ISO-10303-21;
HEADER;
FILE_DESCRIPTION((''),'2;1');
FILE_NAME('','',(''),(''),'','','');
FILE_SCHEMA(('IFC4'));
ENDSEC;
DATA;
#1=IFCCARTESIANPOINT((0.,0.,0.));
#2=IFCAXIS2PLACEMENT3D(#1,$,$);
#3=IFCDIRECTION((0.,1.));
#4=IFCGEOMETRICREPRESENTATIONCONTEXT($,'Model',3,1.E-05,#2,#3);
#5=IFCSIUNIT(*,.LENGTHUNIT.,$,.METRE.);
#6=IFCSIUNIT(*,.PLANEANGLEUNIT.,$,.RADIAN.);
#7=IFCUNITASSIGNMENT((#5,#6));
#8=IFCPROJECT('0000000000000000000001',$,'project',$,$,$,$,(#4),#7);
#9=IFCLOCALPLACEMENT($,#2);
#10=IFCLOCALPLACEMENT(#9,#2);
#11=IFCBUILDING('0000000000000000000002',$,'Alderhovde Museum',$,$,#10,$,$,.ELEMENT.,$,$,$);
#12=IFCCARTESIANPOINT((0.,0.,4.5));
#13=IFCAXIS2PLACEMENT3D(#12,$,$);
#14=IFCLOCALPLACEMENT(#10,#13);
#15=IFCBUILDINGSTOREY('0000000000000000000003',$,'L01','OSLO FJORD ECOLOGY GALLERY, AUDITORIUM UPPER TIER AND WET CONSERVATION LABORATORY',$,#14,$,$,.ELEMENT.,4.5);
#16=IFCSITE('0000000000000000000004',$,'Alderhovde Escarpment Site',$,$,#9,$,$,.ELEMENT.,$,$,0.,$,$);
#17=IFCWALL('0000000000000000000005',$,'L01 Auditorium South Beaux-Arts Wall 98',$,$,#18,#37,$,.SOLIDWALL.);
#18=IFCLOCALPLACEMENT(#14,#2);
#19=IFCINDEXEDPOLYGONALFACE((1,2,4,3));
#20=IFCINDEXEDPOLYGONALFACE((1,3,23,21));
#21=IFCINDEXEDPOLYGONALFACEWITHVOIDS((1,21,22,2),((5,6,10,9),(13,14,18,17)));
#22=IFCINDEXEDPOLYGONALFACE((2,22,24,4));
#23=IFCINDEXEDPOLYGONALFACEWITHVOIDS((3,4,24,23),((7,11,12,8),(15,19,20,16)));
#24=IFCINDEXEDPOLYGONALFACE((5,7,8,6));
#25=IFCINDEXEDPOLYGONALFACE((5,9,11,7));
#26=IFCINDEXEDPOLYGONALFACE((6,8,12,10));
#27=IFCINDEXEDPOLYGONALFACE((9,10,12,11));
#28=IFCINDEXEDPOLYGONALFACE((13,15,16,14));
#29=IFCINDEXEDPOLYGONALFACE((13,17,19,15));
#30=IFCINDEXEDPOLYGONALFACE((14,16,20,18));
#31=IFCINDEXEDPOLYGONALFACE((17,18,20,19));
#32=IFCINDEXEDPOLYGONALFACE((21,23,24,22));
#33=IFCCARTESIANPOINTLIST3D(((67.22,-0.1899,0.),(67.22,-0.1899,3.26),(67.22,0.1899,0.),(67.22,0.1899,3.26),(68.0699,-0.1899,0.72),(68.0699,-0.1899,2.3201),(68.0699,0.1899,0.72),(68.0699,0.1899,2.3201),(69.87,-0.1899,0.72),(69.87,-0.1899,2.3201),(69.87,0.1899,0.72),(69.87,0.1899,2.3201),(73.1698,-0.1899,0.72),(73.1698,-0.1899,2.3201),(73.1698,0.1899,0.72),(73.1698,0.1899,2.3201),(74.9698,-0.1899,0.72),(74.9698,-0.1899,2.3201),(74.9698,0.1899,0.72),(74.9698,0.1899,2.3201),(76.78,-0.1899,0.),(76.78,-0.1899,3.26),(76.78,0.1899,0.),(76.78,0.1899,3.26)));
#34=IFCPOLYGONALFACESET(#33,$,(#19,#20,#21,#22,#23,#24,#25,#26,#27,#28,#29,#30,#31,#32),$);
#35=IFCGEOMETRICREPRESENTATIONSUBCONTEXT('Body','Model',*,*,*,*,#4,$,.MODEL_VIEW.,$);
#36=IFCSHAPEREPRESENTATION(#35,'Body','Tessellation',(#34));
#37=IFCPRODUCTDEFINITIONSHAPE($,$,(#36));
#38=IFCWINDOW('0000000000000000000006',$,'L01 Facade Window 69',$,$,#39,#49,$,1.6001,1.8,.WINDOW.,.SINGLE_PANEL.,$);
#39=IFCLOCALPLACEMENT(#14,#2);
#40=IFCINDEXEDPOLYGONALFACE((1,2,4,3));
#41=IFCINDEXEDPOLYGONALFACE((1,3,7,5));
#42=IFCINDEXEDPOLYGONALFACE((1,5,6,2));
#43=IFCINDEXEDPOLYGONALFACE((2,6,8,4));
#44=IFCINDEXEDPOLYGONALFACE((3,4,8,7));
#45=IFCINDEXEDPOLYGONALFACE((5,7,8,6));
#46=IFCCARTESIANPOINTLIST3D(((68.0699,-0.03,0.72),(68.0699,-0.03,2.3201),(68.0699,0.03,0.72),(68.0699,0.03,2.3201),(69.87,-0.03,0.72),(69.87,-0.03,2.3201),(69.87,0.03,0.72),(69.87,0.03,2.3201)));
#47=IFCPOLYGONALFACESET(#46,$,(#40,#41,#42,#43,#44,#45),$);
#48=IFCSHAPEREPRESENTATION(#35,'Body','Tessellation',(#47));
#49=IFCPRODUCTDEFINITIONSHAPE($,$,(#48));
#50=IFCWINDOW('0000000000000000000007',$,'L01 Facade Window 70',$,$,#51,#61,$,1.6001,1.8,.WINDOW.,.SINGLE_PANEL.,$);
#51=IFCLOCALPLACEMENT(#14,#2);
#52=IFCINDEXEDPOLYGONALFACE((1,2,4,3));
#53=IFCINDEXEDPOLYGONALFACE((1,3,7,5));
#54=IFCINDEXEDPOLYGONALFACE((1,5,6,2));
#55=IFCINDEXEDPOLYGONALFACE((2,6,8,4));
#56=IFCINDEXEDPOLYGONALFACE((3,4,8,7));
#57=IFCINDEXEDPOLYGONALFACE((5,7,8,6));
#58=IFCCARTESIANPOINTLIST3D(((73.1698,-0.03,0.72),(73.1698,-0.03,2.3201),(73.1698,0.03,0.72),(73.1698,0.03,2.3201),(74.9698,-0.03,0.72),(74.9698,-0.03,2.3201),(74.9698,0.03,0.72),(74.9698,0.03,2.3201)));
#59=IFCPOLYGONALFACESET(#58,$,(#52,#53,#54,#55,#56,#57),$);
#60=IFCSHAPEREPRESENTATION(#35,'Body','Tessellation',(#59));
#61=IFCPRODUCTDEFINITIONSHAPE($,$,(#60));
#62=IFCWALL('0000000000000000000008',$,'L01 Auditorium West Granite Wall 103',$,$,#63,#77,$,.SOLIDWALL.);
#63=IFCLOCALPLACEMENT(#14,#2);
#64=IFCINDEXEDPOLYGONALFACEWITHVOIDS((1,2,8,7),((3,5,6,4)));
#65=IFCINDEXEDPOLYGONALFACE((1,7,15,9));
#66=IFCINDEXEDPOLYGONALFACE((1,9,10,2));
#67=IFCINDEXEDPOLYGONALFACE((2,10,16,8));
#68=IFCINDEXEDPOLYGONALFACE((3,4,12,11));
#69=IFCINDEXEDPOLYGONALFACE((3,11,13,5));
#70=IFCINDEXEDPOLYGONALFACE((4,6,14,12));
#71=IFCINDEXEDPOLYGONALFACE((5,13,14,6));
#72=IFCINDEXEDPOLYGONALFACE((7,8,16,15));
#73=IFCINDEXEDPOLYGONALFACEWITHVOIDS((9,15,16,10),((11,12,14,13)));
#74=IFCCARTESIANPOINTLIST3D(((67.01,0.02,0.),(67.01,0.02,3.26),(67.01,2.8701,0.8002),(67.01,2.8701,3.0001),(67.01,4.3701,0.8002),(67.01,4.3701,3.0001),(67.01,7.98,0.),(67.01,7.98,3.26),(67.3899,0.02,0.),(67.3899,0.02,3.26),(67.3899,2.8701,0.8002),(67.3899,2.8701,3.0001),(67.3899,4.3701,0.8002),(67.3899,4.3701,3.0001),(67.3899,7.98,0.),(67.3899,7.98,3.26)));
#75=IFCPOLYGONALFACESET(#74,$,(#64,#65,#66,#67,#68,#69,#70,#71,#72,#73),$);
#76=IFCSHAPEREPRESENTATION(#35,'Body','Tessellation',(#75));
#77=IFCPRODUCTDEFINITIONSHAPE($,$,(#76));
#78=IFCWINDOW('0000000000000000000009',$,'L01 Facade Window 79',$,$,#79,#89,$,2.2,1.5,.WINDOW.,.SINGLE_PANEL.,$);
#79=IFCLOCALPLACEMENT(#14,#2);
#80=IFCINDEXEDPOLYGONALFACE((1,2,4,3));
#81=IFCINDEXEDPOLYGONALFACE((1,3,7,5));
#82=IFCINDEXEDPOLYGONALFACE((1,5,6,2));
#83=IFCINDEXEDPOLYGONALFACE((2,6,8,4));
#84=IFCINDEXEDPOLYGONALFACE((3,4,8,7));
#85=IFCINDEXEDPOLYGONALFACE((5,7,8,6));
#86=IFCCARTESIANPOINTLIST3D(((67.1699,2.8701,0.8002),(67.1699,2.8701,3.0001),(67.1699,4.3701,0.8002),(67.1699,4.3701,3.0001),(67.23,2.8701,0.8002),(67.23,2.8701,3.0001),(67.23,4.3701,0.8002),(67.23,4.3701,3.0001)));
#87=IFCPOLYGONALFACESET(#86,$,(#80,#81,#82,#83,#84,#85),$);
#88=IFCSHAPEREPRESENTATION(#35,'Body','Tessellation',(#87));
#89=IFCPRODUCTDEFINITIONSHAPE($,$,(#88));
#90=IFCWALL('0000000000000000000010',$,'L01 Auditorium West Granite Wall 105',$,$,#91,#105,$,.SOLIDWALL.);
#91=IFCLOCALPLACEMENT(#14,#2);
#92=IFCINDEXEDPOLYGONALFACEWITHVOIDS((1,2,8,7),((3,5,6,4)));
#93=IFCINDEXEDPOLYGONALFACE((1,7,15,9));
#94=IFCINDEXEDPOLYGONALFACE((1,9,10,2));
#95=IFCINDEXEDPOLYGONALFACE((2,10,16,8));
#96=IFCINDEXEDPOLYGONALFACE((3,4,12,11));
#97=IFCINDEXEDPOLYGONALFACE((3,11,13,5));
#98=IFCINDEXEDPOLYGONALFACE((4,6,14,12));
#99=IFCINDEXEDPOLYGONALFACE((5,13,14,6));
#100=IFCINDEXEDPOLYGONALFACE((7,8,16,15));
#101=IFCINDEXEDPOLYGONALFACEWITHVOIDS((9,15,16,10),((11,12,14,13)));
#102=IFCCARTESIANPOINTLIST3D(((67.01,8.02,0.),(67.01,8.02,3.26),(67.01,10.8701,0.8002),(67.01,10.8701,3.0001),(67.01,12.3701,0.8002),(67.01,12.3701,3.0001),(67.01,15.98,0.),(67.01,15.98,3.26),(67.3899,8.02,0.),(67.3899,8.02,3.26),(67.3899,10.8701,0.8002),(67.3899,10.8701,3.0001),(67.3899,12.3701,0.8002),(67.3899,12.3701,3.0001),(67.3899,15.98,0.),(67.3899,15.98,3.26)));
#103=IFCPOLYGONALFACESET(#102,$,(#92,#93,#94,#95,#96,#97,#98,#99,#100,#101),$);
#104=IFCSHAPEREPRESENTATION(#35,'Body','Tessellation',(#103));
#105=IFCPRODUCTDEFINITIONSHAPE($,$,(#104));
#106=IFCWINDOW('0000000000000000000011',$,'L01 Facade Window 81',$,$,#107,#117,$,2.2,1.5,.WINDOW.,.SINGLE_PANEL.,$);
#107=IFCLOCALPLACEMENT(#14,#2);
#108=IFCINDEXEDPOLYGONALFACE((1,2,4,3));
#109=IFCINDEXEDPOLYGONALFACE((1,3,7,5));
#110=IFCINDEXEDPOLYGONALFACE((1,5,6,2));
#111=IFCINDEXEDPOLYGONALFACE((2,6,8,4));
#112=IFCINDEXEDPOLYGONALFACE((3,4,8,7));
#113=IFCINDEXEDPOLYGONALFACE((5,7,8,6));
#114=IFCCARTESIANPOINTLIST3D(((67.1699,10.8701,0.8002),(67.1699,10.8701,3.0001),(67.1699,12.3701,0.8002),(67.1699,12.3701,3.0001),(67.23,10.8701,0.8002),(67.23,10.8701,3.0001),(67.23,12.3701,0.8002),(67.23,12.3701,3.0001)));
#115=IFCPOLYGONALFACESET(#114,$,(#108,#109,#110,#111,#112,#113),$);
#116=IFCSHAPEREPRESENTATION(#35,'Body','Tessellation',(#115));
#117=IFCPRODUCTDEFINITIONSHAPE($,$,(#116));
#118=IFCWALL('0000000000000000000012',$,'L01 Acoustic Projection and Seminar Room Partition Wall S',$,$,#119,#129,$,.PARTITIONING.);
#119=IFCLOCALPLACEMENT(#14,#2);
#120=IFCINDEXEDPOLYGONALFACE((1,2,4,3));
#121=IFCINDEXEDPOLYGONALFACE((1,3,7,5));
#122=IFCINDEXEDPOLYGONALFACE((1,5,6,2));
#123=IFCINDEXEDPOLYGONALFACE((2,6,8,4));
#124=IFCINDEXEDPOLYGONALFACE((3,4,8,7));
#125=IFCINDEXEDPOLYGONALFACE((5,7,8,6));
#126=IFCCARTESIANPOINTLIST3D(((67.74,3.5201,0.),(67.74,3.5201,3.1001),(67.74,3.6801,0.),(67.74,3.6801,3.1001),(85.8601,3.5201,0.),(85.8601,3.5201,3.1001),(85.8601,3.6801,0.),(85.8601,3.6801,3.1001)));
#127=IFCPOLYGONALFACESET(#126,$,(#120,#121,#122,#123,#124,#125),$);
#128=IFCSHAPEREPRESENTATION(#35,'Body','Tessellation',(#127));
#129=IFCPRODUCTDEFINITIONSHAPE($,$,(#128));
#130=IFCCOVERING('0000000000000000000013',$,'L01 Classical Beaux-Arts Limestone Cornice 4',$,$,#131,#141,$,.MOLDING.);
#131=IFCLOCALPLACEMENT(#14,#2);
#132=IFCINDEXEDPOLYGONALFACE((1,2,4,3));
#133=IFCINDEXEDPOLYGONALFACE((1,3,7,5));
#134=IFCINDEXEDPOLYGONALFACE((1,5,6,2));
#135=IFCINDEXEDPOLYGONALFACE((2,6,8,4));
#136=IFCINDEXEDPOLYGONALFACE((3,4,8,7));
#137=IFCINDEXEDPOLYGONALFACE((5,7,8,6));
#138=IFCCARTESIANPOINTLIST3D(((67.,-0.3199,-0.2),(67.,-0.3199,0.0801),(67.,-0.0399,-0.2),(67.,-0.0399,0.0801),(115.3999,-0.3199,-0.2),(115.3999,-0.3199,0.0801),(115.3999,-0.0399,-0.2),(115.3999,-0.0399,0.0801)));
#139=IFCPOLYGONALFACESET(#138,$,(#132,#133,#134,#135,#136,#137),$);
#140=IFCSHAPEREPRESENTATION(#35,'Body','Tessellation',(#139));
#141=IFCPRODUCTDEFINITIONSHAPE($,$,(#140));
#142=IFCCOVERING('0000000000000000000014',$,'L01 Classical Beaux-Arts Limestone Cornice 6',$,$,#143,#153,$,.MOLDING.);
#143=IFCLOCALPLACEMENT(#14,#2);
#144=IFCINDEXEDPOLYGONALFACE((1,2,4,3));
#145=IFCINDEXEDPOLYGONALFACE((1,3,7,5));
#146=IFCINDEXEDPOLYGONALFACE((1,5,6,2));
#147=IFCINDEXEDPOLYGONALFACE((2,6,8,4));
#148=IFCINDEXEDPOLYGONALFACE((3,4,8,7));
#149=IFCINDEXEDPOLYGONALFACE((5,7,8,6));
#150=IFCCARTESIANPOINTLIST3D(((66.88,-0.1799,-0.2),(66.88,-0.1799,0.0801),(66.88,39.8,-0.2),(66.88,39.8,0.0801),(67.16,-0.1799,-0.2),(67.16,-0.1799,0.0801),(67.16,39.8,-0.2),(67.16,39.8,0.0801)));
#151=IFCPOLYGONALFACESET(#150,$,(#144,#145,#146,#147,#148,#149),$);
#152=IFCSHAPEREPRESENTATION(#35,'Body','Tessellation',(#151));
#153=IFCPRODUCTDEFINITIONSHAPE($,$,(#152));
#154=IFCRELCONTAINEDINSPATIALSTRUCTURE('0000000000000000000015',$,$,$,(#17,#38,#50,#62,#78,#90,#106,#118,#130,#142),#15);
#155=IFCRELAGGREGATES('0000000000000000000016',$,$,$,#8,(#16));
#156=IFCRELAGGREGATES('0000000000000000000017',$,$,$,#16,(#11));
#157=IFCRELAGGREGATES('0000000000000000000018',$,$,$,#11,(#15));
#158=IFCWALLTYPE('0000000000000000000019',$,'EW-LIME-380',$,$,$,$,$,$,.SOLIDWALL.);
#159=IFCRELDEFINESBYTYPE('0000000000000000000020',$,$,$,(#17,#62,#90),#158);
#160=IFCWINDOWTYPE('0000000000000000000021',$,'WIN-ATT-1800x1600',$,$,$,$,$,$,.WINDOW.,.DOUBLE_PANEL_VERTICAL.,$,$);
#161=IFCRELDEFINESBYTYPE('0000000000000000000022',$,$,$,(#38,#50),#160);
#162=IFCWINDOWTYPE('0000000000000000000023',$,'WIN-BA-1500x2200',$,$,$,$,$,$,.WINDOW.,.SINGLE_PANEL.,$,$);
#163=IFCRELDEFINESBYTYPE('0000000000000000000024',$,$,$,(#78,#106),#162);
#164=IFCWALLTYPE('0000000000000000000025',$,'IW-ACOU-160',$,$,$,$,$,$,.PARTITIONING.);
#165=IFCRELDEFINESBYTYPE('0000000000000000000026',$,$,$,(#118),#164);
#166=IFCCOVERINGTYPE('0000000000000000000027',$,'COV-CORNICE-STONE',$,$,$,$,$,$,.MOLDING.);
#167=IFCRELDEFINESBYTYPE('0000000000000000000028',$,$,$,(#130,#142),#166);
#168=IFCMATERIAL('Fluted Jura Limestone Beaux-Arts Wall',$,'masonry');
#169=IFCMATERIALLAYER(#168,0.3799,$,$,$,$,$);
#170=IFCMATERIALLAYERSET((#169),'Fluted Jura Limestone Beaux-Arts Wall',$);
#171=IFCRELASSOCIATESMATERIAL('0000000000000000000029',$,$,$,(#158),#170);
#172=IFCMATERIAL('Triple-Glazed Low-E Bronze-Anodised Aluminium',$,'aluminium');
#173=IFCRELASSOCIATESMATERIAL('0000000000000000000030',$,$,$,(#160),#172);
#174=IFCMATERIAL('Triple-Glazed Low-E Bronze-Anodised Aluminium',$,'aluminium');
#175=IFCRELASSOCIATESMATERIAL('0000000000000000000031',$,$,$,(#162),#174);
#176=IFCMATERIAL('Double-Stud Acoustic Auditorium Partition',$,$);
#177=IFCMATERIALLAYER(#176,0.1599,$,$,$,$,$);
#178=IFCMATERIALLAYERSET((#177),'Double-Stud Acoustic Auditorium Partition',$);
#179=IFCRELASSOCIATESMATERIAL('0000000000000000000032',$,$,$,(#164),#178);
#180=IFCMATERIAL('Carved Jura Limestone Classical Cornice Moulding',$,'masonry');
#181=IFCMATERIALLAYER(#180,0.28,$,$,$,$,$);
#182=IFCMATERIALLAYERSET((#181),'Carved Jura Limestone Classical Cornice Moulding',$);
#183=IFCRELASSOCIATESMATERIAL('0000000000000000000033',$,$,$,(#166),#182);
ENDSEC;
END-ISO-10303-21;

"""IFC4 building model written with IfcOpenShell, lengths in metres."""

from ifc_helpers import new_model, si_unit, direction, frame, frame_2d, origin, place, context, subcontext, project, spatial, rectangle, extrude, material, layer, layer_set, type_object, element, fill, save


model = new_model("IFC4")

# Units and contexts
model_context = context("Model", 3, precision=1e-05, world=origin(), true_north=direction((0.0, 1.0)))
body_context = subcontext(model_context, "Body", "Model", "MODEL_VIEW")
ifc_project = project(units=[si_unit("LENGTHUNIT", "METRE"), si_unit("PLANEANGLEUNIT", "RADIAN")], contexts=[model_context])

# Site, building, storey
site_placement = place(None, origin())
site = spatial("IfcSite", under=ifc_project, at=site_placement, Name="Alderhovde Escarpment Site", CompositionType="ELEMENT", RefElevation=0.0)
building_placement = place(site_placement, origin())
building = spatial("IfcBuilding", under=site, at=building_placement, Name="Alderhovde Museum", CompositionType="ELEMENT")
storey_placement = place(building_placement, frame((0.0, 0.0, 4.5)))
storey = spatial("IfcBuildingStorey", under=building, at=storey_placement, Name="L01", Description="OSLO FJORD ECOLOGY GALLERY, AUDITORIUM UPPER TIER AND WET CONSERVATION LABORATORY", CompositionType="ELEMENT", Elevation=4.5)

# Wall, openings, windows
ifc_material_1 = material(Name="Fluted Jura Limestone Beaux-Arts Wall", Category="masonry")
ifc_layer_1 = layer(ifc_material_1, 0.3799)
ifc_layer_set_1 = layer_set([ifc_layer_1], Name="Fluted Jura Limestone Beaux-Arts Wall")
wall_type_1 = type_object("IfcWallType", Name="EW-LIME-380", PredefinedType="SOLIDWALL", material=ifc_layer_set_1)
wall_1_placement = place(storey_placement, frame((67.22, 0.0, 0.0), z_axis=(0.0, 0.0, 1.0), x_axis=(1.0, 0.0, 0.0)))
wall_1 = element("IfcWall", 1, at=wall_1_placement, inside=storey, type_object=wall_type_1, Name="L01 Auditorium South Beaux-Arts Wall 98", PredefinedType="SOLIDWALL", context=body_context, shape_type="SweptSolid", body=[
    extrude(rectangle(XDim=9.5601, YDim=0.3799, at=frame_2d((4.78, 0.0))), origin(), (0.0, 0.0, 1.0), 3.26),
])
opening_1_placement = place(wall_1_placement, frame((0.8501, 0.0, 0.72)))
opening_1 = element("IfcOpeningElement", 2, at=opening_1_placement, cuts=wall_1, PredefinedType="OPENING", context=body_context, shape_type="SweptSolid", body=[
    extrude(rectangle(XDim=1.8, YDim=1.6001, at=frame_2d((0.8999, 0.8))), frame((0.0, 0.2, 0.0), z_axis=(0.0, -1.0, 0.0), x_axis=(1.0, 0.0, 0.0)), (0.0, 0.0, 1.0), 0.3999),
])
opening_2_placement = place(wall_1_placement, frame((5.95, 0.0, 0.72)))
opening_2 = element("IfcOpeningElement", 3, at=opening_2_placement, cuts=wall_1, PredefinedType="OPENING", context=body_context, shape_type="SweptSolid", body=[
    extrude(rectangle(XDim=1.8, YDim=1.6001, at=frame_2d((0.8999, 0.8))), frame((0.0, 0.2, 0.0), z_axis=(0.0, -1.0, 0.0), x_axis=(1.0, 0.0, 0.0)), (0.0, 0.0, 1.0), 0.3999),
])
ifc_material_2 = material(Name="Triple-Glazed Low-E Bronze-Anodised Aluminium", Category="aluminium")
window_type_1 = type_object("IfcWindowType", Name="WIN-ATT-1800x1600", PartitioningType="DOUBLE_PANEL_VERTICAL", PredefinedType="WINDOW", material=ifc_material_2)
window_1_placement = place(opening_1_placement, origin())
window_1 = element("IfcWindow", 4, at=window_1_placement, inside=storey, type_object=window_type_1, Name="L01 Facade Window 69", OverallHeight=1.6001, OverallWidth=1.8, PartitioningType="SINGLE_PANEL", PredefinedType="WINDOW", context=body_context, shape_type="SweptSolid", body=[
    extrude(rectangle(XDim=1.8, YDim=1.6001, at=frame_2d((0.8999, 0.8))), frame((0.0, 0.03, 0.0), z_axis=(0.0, -1.0, 0.0), x_axis=(1.0, 0.0, 0.0)), (0.0, 0.0, 1.0), 0.0601),
])
fill(opening_1, window_1)
window_2_placement = place(opening_2_placement, origin())
window_2 = element("IfcWindow", 5, at=window_2_placement, inside=storey, type_object=window_type_1, Name="L01 Facade Window 70", OverallHeight=1.6001, OverallWidth=1.8, PartitioningType="SINGLE_PANEL", PredefinedType="WINDOW", context=body_context, shape_type="SweptSolid", body=[
    extrude(rectangle(XDim=1.8, YDim=1.6001, at=frame_2d((0.8999, 0.8))), frame((0.0, 0.03, 0.0), z_axis=(0.0, -1.0, 0.0), x_axis=(1.0, 0.0, 0.0)), (0.0, 0.0, 1.0), 0.0601),
])
fill(opening_2, window_2)

# Walls, openings, windows
wall_2_placement = place(storey_placement, frame((67.2, 0.02, 0.0), z_axis=(0.0, 0.0, 1.0), x_axis=(0.0, 1.0, 0.0)))
wall_2 = element("IfcWall", 6, at=wall_2_placement, inside=storey, type_object=wall_type_1, Name="L01 Auditorium West Granite Wall 103", PredefinedType="SOLIDWALL", context=body_context, shape_type="SweptSolid", body=[
    extrude(rectangle(XDim=7.96, YDim=0.3799, at=frame_2d((3.98, 0.0))), origin(), (0.0, 0.0, 1.0), 3.26),
])
opening_3_placement = place(wall_2_placement, frame((2.8501, 0.0, 0.8)))
opening_3 = element("IfcOpeningElement", 7, at=opening_3_placement, cuts=wall_2, PredefinedType="OPENING", context=body_context, shape_type="SweptSolid", body=[
    extrude(rectangle(XDim=1.5, YDim=2.2, at=frame_2d((0.75, 1.1001))), frame((0.0, 0.2, 0.0), z_axis=(0.0, -1.0, 0.0), x_axis=(1.0, 0.0, 0.0)), (0.0, 0.0, 1.0), 0.3999),
])
ifc_material_3 = material(Name="Triple-Glazed Low-E Bronze-Anodised Aluminium", Category="aluminium")
window_type_2 = type_object("IfcWindowType", Name="WIN-BA-1500x2200", PartitioningType="SINGLE_PANEL", PredefinedType="WINDOW", material=ifc_material_3)
window_3_placement = place(opening_3_placement, origin())
window_3 = element("IfcWindow", 8, at=window_3_placement, inside=storey, type_object=window_type_2, Name="L01 Facade Window 79", OverallHeight=2.2, OverallWidth=1.5, PartitioningType="SINGLE_PANEL", PredefinedType="WINDOW", context=body_context, shape_type="SweptSolid", body=[
    extrude(rectangle(XDim=1.5, YDim=2.2, at=frame_2d((0.75, 1.1001))), frame((0.0, 0.03, 0.0), z_axis=(0.0, -1.0, 0.0), x_axis=(1.0, 0.0, 0.0)), (0.0, 0.0, 1.0), 0.0601),
])
fill(opening_3, window_3)
wall_3_placement = place(storey_placement, frame((67.2, 8.02, 0.0), z_axis=(0.0, 0.0, 1.0), x_axis=(0.0, 1.0, 0.0)))
wall_3 = element("IfcWall", 9, at=wall_3_placement, inside=storey, type_object=wall_type_1, Name="L01 Auditorium West Granite Wall 105", PredefinedType="SOLIDWALL", context=body_context, shape_type="SweptSolid", body=[
    extrude(rectangle(XDim=7.96, YDim=0.3799, at=frame_2d((3.98, 0.0))), origin(), (0.0, 0.0, 1.0), 3.26),
])
opening_4_placement = place(wall_3_placement, frame((2.8501, 0.0, 0.8)))
opening_4 = element("IfcOpeningElement", 10, at=opening_4_placement, cuts=wall_3, PredefinedType="OPENING", context=body_context, shape_type="SweptSolid", body=[
    extrude(rectangle(XDim=1.5, YDim=2.2, at=frame_2d((0.75, 1.1001))), frame((0.0, 0.2, 0.0), z_axis=(0.0, -1.0, 0.0), x_axis=(1.0, 0.0, 0.0)), (0.0, 0.0, 1.0), 0.3999),
])
window_4_placement = place(opening_4_placement, origin())
window_4 = element("IfcWindow", 11, at=window_4_placement, inside=storey, type_object=window_type_2, Name="L01 Facade Window 81", OverallHeight=2.2, OverallWidth=1.5, PartitioningType="SINGLE_PANEL", PredefinedType="WINDOW", context=body_context, shape_type="SweptSolid", body=[
    extrude(rectangle(XDim=1.5, YDim=2.2, at=frame_2d((0.75, 1.1001))), frame((0.0, 0.03, 0.0), z_axis=(0.0, -1.0, 0.0), x_axis=(1.0, 0.0, 0.0)), (0.0, 0.0, 1.0), 0.0601),
])
fill(opening_4, window_4)

# Wall
ifc_material_4 = material(Name="Double-Stud Acoustic Auditorium Partition")
ifc_layer_2 = layer(ifc_material_4, 0.1599)
ifc_layer_set_2 = layer_set([ifc_layer_2], Name="Double-Stud Acoustic Auditorium Partition")
wall_type_2 = type_object("IfcWallType", Name="IW-ACOU-160", PredefinedType="PARTITIONING", material=ifc_layer_set_2)
wall_4_placement = place(storey_placement, frame((67.74, 3.6001, 0.0), z_axis=(0.0, 0.0, 1.0), x_axis=(1.0, 0.0, 0.0)))
element("IfcWall", 12, at=wall_4_placement, inside=storey, type_object=wall_type_2, Name="L01 Acoustic Projection and Seminar Room Partition Wall S", PredefinedType="PARTITIONING", context=body_context, shape_type="SweptSolid", body=[
    extrude(rectangle(XDim=18.1201, YDim=0.1599, at=frame_2d((9.0601, 0.0))), origin(), (0.0, 0.0, 1.0), 3.1001),
])

# Coverings
ifc_material_5 = material(Name="Carved Jura Limestone Classical Cornice Moulding", Category="masonry")
ifc_layer_3 = layer(ifc_material_5, 0.28)
ifc_layer_set_3 = layer_set([ifc_layer_3], Name="Carved Jura Limestone Classical Cornice Moulding")
covering_type = type_object("IfcCoveringType", Name="COV-CORNICE-STONE", PredefinedType="MOLDING", material=ifc_layer_set_3)
covering_1_placement = place(storey_placement, frame((67.0, -0.1799, -0.2), z_axis=(0.0, 0.0, 1.0), x_axis=(1.0, 0.0, 0.0)))
element("IfcCovering", 13, at=covering_1_placement, inside=storey, type_object=covering_type, Name="L01 Classical Beaux-Arts Limestone Cornice 4", PredefinedType="MOLDING", context=body_context, shape_type="SweptSolid", body=[
    extrude(rectangle(XDim=48.3999, YDim=0.28, at=frame_2d((24.2, 0.0))), origin(), (0.0, 0.0, 1.0), 0.28),
])
covering_2_placement = place(storey_placement, frame((67.02, -0.1799, -0.2), z_axis=(0.0, 0.0, 1.0), x_axis=(0.0, 1.0, 0.0)))
element("IfcCovering", 14, at=covering_2_placement, inside=storey, type_object=covering_type, Name="L01 Classical Beaux-Arts Limestone Cornice 6", PredefinedType="MOLDING", context=body_context, shape_type="SweptSolid", body=[
    extrude(rectangle(XDim=39.98, YDim=0.28, at=frame_2d((19.99, 0.0))), origin(), (0.0, 0.0, 1.0), 0.28),
])

save(model, "model.ifc")
